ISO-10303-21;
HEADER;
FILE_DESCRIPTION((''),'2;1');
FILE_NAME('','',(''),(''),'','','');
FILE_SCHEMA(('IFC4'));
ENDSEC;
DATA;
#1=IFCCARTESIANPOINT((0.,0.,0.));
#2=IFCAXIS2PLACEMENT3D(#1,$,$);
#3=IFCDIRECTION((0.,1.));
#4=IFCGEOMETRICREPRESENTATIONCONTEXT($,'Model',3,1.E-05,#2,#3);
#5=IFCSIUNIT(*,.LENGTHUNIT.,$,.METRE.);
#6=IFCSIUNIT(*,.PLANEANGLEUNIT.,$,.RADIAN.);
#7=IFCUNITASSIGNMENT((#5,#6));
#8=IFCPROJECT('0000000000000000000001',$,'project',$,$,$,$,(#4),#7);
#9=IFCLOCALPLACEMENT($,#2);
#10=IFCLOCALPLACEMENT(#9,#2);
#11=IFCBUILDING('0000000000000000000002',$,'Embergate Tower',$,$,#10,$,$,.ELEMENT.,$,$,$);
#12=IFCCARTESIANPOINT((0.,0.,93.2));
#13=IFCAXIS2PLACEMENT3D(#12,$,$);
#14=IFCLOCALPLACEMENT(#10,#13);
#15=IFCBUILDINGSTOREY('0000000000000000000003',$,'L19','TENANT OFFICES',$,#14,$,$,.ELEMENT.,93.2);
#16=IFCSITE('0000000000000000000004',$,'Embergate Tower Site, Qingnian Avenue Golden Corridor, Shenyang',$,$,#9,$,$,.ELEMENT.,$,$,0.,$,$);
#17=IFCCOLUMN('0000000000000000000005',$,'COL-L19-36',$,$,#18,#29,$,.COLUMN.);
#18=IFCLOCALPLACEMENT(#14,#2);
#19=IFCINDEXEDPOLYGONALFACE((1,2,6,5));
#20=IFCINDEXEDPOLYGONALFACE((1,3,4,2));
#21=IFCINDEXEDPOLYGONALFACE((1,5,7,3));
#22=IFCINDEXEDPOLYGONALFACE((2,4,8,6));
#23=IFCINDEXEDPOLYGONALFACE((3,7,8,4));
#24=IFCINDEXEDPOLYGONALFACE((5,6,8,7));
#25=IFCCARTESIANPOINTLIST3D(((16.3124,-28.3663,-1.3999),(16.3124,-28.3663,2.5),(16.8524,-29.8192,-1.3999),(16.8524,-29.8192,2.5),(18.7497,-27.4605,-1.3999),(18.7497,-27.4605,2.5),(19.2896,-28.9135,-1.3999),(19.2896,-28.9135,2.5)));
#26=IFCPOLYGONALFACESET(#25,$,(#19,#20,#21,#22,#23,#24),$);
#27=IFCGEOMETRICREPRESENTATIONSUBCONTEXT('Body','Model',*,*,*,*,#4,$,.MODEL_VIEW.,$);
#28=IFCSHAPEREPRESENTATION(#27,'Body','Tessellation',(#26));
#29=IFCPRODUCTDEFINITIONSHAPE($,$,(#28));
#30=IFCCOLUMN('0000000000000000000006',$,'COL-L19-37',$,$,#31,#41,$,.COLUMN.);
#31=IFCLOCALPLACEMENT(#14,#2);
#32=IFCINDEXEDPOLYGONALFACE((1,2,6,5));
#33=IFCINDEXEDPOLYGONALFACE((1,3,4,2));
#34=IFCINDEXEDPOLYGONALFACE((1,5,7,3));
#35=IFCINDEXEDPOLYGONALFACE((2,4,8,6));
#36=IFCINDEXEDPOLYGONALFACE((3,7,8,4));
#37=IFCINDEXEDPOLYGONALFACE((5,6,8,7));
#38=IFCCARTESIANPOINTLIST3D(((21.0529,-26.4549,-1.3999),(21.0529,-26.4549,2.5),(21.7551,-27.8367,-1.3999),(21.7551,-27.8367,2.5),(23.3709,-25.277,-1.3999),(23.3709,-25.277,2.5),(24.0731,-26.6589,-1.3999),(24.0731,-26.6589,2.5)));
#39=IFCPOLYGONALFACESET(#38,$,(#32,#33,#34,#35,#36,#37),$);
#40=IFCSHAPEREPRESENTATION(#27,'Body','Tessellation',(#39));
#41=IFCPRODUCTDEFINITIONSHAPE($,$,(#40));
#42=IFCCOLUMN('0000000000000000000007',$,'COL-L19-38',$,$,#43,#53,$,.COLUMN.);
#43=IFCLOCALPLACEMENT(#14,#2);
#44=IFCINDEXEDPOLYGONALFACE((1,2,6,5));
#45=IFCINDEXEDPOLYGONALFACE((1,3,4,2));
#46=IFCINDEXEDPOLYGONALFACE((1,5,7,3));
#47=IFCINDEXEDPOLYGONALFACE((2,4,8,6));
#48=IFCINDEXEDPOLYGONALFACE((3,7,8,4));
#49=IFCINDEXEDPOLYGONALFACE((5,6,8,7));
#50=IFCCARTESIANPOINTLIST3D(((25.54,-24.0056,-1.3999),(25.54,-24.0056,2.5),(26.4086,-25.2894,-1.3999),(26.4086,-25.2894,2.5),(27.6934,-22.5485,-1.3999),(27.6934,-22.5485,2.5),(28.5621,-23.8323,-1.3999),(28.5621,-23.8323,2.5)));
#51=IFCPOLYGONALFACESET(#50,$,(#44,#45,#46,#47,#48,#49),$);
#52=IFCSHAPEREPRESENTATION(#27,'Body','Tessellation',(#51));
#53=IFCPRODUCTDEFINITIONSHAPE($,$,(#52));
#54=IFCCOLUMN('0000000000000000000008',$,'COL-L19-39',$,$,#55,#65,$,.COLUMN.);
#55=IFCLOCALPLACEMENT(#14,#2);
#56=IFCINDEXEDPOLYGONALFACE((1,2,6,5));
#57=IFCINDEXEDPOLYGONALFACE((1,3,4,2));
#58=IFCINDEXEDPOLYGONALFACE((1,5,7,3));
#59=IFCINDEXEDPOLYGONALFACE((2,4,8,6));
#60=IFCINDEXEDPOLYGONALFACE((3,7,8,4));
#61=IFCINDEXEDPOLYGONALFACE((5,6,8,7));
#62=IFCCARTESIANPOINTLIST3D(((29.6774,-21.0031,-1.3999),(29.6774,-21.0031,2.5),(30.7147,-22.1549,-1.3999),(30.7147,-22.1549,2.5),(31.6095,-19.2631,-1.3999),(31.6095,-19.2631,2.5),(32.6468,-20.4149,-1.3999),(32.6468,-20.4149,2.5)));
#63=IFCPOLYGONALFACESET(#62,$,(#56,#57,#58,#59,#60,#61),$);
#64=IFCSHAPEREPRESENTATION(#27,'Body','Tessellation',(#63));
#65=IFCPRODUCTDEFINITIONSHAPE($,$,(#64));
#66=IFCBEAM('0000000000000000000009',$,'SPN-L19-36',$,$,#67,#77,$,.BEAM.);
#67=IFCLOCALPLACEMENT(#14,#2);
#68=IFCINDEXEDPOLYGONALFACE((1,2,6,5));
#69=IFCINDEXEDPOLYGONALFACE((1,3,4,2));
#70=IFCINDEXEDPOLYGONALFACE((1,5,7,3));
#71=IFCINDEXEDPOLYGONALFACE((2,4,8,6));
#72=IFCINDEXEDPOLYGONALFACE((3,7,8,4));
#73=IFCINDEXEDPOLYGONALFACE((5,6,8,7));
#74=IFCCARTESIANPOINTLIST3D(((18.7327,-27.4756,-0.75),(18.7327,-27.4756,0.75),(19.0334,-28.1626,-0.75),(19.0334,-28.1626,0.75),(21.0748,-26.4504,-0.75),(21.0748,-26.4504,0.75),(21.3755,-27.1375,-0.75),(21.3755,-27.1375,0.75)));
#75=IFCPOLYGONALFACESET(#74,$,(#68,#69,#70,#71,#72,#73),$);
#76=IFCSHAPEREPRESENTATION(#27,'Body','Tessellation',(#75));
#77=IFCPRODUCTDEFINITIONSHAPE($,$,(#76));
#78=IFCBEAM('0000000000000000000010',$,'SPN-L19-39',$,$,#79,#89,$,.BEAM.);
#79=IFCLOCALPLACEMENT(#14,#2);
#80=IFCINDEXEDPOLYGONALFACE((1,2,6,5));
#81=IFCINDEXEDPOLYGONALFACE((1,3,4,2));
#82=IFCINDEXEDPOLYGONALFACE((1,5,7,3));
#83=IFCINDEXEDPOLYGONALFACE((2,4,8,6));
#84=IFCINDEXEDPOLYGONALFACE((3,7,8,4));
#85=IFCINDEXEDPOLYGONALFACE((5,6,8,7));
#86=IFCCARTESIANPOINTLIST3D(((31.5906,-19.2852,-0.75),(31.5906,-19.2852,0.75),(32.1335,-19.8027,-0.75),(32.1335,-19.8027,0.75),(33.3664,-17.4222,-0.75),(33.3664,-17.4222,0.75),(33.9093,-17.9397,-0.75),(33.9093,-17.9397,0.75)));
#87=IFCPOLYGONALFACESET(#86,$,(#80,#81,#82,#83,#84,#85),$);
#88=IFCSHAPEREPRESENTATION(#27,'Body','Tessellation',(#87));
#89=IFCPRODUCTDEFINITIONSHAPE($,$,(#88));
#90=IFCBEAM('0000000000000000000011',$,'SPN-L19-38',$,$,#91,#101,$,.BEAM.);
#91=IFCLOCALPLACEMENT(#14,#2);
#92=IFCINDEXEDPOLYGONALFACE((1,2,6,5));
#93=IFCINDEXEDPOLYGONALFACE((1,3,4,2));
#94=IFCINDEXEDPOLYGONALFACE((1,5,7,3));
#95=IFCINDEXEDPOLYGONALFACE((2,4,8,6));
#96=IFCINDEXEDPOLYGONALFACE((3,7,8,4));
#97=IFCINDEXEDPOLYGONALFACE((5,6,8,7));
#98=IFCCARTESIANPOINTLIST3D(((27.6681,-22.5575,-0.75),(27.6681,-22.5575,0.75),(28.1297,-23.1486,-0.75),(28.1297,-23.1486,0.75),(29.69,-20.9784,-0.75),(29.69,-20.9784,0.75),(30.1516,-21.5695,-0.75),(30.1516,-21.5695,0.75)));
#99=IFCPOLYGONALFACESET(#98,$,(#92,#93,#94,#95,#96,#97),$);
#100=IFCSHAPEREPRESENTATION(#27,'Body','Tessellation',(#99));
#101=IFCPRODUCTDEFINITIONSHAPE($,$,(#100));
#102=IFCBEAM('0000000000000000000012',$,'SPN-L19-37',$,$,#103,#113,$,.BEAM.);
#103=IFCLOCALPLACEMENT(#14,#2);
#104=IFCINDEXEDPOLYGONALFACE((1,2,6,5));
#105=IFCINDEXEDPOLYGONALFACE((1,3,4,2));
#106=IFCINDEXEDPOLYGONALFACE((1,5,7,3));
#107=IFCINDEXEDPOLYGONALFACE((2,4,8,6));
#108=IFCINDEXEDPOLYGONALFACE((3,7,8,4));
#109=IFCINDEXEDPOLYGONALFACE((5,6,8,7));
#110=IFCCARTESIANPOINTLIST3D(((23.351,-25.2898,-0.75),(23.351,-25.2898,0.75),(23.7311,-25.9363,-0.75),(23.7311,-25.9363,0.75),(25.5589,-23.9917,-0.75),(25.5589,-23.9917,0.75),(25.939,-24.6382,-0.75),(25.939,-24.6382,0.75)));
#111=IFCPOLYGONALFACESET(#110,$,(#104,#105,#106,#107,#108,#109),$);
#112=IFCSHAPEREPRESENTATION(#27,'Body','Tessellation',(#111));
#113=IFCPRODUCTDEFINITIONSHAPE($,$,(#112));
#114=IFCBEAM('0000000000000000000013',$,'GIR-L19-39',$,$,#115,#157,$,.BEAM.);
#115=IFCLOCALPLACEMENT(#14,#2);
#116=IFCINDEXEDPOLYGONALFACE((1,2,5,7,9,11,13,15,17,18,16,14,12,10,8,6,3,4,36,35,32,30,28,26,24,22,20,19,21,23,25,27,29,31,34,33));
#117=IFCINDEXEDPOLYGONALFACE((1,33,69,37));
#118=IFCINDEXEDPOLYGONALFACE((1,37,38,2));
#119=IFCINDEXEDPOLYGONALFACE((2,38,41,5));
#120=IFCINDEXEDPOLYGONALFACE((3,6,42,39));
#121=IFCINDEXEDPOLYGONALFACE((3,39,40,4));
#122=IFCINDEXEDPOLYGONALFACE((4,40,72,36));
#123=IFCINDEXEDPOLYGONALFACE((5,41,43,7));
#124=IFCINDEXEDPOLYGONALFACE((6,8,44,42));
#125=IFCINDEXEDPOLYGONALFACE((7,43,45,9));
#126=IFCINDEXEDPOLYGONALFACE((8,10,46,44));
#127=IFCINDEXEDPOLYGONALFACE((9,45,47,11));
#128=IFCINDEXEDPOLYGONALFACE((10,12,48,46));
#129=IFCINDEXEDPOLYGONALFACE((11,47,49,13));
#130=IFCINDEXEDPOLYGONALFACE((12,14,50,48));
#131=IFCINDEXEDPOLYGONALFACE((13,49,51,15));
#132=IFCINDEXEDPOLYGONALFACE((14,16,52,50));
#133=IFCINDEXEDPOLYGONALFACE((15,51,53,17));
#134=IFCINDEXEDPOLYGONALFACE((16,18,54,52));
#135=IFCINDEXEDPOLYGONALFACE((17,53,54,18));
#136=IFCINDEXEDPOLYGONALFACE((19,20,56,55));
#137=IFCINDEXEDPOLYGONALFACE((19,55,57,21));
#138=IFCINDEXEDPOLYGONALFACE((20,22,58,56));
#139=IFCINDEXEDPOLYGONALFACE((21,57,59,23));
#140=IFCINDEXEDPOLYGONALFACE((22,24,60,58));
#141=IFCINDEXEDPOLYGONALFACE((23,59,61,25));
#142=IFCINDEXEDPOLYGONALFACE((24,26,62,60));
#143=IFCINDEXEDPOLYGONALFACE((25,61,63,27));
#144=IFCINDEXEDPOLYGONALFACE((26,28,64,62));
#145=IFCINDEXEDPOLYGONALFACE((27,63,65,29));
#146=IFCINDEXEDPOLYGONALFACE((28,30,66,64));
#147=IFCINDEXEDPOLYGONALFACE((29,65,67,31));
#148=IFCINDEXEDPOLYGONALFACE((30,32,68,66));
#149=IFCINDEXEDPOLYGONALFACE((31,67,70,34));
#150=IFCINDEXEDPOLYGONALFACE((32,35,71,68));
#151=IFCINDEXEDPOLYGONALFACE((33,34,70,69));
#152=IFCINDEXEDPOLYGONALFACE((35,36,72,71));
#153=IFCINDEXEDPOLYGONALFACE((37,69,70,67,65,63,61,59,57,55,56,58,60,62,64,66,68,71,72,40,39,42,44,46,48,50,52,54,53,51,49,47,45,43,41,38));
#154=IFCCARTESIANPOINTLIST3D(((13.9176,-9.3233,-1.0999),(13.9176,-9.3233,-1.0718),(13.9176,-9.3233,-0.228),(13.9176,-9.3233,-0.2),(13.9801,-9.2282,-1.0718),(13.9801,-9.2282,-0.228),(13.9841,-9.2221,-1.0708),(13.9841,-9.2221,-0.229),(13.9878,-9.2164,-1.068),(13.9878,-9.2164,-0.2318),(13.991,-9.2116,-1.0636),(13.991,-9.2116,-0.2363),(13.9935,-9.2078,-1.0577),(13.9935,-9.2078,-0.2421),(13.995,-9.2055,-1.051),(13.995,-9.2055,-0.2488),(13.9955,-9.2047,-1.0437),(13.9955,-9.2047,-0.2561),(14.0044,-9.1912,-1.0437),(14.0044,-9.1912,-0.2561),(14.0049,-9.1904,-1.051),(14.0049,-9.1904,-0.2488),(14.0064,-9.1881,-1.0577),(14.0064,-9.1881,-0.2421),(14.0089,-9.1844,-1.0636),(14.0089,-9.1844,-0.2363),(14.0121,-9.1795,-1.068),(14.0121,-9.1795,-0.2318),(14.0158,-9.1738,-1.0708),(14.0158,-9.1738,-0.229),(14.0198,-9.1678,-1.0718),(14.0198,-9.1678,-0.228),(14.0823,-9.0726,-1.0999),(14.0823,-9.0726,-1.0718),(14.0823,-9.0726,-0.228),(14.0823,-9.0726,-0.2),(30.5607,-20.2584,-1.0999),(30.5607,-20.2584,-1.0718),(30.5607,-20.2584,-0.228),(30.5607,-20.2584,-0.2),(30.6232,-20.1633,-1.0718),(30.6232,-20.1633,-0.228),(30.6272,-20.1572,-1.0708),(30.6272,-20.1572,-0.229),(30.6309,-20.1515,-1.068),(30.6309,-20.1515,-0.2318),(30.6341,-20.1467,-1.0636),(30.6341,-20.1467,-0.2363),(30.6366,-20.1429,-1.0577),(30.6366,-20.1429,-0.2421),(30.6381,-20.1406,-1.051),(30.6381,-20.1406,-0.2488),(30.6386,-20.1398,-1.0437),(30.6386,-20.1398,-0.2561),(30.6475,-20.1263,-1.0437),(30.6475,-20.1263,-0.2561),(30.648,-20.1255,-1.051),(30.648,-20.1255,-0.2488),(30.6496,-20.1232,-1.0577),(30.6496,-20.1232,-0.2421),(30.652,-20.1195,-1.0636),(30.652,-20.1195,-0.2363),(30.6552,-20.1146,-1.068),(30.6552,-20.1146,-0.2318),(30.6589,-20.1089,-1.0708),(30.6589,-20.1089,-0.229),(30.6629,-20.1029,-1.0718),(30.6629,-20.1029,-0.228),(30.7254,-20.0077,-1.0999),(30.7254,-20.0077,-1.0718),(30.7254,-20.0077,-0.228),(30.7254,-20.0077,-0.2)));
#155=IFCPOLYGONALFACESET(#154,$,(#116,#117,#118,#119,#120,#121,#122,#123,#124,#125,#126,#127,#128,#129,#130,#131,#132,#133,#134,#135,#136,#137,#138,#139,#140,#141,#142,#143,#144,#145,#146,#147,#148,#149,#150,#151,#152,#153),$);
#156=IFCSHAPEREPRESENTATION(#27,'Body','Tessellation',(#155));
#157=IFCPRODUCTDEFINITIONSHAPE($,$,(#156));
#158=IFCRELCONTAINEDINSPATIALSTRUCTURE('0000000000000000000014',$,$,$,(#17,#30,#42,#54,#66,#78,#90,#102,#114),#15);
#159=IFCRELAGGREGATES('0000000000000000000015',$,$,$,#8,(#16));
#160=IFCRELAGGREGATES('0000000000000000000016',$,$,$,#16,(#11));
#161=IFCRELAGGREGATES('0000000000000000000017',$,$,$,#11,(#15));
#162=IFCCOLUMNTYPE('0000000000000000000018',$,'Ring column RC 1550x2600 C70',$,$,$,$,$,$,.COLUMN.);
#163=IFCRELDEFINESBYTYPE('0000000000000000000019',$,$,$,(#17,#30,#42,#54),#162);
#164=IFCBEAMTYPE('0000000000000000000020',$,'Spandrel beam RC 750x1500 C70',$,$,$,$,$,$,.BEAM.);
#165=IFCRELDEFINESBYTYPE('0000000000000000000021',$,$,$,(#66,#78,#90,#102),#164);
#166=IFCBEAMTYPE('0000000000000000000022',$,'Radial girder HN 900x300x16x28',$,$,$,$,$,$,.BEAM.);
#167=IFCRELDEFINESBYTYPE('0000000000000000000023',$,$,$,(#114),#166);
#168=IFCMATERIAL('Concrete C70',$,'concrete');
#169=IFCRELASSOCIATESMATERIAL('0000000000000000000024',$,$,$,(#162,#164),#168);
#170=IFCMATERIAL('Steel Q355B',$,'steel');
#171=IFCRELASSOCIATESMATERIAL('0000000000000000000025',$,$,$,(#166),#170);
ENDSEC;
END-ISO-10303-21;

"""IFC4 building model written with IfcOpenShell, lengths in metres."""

from ifc_helpers import new_model, si_unit, direction, frame, origin, origin_2d, place, context, subcontext, project, spatial, rectangle, i_section, extrude, source, transform, mapped, material, material_profile, profile_set, type_object, element, save


model = new_model("IFC4")

# Units and contexts
model_context = context("Model", 3, precision=1e-05, world=origin(), true_north=direction((0.0, 1.0)))
body_context = subcontext(model_context, "Body", "Model", "MODEL_VIEW")
ifc_project = project(units=[si_unit("LENGTHUNIT", "METRE"), si_unit("PLANEANGLEUNIT", "RADIAN")], contexts=[model_context])

# Site, building, storey
site_placement = place(None, origin())
site = spatial("IfcSite", under=ifc_project, at=site_placement, Name="Embergate Tower Site, Qingnian Avenue Golden Corridor, Shenyang", CompositionType="ELEMENT", RefElevation=0.0)
building_placement = place(site_placement, origin())
building = spatial("IfcBuilding", under=site, at=building_placement, Name="Embergate Tower", CompositionType="ELEMENT")
storey_placement = place(building_placement, frame((0.0, 0.0, 93.2)))
storey = spatial("IfcBuildingStorey", under=building, at=storey_placement, Name="L19", Description="TENANT OFFICES", CompositionType="ELEMENT", Elevation=93.2)

# Columns
ifc_material_1 = material(Name="Concrete C70", Category="concrete")
ifc_material_profile_1 = material_profile(ifc_material_1, rectangle(XDim=1.55, YDim=2.6001, at=origin_2d()), Name="RC 1550x2600")
ifc_profile_set_1 = profile_set([ifc_material_profile_1], Name="Concrete C70")
column_type = type_object("IfcColumnType", Name="Ring column RC 1550x2600 C70", PredefinedType="COLUMN", material=ifc_profile_set_1)
shared_shape_1 = source(origin(), body_context, "Body", "SweptSolid", [
    extrude(rectangle(XDim=1.55, YDim=2.6001, at=origin_2d()), origin(), (0.0, 0.0, 1.0), 3.8999),
])
for number, where, z_axis, x_axis, name in (
    (1, (17.801, -28.6399, -1.3999), (0.0, 0.0, 1.0), (0.348343, -0.937367, 0.0), "COL-L19-36"),
    (2, (22.563, -26.5569, -1.3999), (0.0, 0.0, 1.0), (0.452995, -0.891513, 0.0), "COL-L19-37"),
    (3, (27.051, -23.9189, -1.3999), (0.0, 0.0, 1.0), (0.560393, -0.828227, 0.0), "COL-L19-38"),
    (4, (31.1621, -20.709, -1.3999), (0.0, 0.0, 1.0), (0.669208, -0.743075, 0.0), "COL-L19-39"),
):
    element("IfcColumn", number, at=place(storey_placement, frame(where, z_axis=z_axis, x_axis=x_axis)), inside=storey, type_object=column_type, Name=name, PredefinedType="COLUMN", context=body_context, shape_type="MappedRepresentation", body=[
        mapped(shared_shape_1, transform((0.0, 0.0, 0.0))),
    ])

# Beams
ifc_material_profile_2 = material_profile(ifc_material_1, rectangle(XDim=0.75, YDim=1.5, at=origin_2d()), Name="RC 750x1500")
ifc_profile_set_2 = profile_set([ifc_material_profile_2], Name="Concrete C70")
beam_type_1 = type_object("IfcBeamType", Name="Spandrel beam RC 750x1500 C70", PredefinedType="BEAM", material=ifc_profile_set_2)
shared_shape_2 = source(origin(), body_context, "Body", "SweptSolid", [
    extrude(rectangle(XDim=0.75, YDim=1.5, at=origin_2d()), origin(), (0.0, 0.0, 1.0), 2.5566),
])
beam_1_placement = place(storey_placement, frame((18.8831, -27.8191, 0.0), z_axis=(0.916085, 0.400984, 0.0), x_axis=(-0.400984, 0.916085, 0.0)))
element("IfcBeam", 5, at=beam_1_placement, inside=storey, type_object=beam_type_1, Name="SPN-L19-36", PredefinedType="BEAM", context=body_context, shape_type="MappedRepresentation", body=[
    mapped(shared_shape_2, transform((0.0, 0.0, 0.0))),
])
shared_shape_3 = source(origin(), body_context, "Body", "SweptSolid", [
    extrude(rectangle(XDim=0.75, YDim=1.5, at=origin_2d()), origin(), (0.0, 0.0, 1.0), 2.5737),
])
beam_2_placement = place(storey_placement, frame((31.8621, -19.5439, 0.0), z_axis=(0.689972, 0.723836, 0.0), x_axis=(-0.723836, 0.689972, 0.0)))
element("IfcBeam", 6, at=beam_2_placement, inside=storey, type_object=beam_type_1, Name="SPN-L19-39", PredefinedType="BEAM", context=body_context, shape_type="MappedRepresentation", body=[
    mapped(shared_shape_3, transform((0.0, 0.0, 0.0))),
])
shared_shape_4 = source(origin(), body_context, "Body", "SweptSolid", [
    extrude(rectangle(XDim=0.75, YDim=1.5, at=origin_2d()), origin(), (0.0, 0.0, 1.0), 2.5654),
])
beam_3_placement = place(storey_placement, frame((27.8989, -22.853, 0.0), z_axis=(0.788131, 0.615507, 0.0), x_axis=(-0.615507, 0.788131, 0.0)))
element("IfcBeam", 7, at=beam_3_placement, inside=storey, type_object=beam_type_1, Name="SPN-L19-38", PredefinedType="BEAM", context=body_context, shape_type="MappedRepresentation", body=[
    mapped(shared_shape_4, transform((0.0, 0.0, 0.0))),
])
shared_shape_5 = source(origin(), body_context, "Body", "SweptSolid", [
    extrude(rectangle(XDim=0.75, YDim=1.5, at=origin_2d()), origin(), (0.0, 0.0, 1.0), 2.5613),
])
beam_4_placement = place(storey_placement, frame((23.541, -25.613, 0.0), z_axis=(0.862059, 0.506808, 0.0), x_axis=(-0.506808, 0.862059, 0.0)))
element("IfcBeam", 8, at=beam_4_placement, inside=storey, type_object=beam_type_1, Name="SPN-L19-37", PredefinedType="BEAM", context=body_context, shape_type="MappedRepresentation", body=[
    mapped(shared_shape_5, transform((0.0, 0.0, 0.0))),
])
ifc_material_2 = material(Name="Steel Q355B", Category="steel")
ifc_material_profile_3 = material_profile(ifc_material_2, i_section(OverallWidth=0.3, OverallDepth=0.8999, WebThickness=0.0161, FlangeThickness=0.0281, FilletRadius=0.0281, at=origin_2d()), Name="HN 900x300x16x28")
ifc_profile_set_3 = profile_set([ifc_material_profile_3], Name="Steel Q355 grade B")
beam_type_2 = type_object("IfcBeamType", Name="Radial girder HN 900x300x16x28", PredefinedType="BEAM", material=ifc_profile_set_3)
shared_shape_6 = source(origin(), body_context, "Body", "SweptSolid", [
    extrude(i_section(OverallWidth=0.3, OverallDepth=0.8999, WebThickness=0.0161, FlangeThickness=0.0281, FilletRadius=0.0281, at=origin_2d()), origin(), (0.0, 0.0, 1.0), 19.9141),
])
beam_5_placement = place(storey_placement, frame((30.6431, -20.1331, -0.6499), z_axis=(-0.835747, 0.549114, 0.0), x_axis=(-0.549114, -0.835747, 0.0)))
element("IfcBeam", 9, at=beam_5_placement, inside=storey, type_object=beam_type_2, Name="GIR-L19-39", PredefinedType="BEAM", context=body_context, shape_type="MappedRepresentation", body=[
    mapped(shared_shape_6, transform((0.0, 0.0, 0.0))),
])

save(model, "model.ifc")
